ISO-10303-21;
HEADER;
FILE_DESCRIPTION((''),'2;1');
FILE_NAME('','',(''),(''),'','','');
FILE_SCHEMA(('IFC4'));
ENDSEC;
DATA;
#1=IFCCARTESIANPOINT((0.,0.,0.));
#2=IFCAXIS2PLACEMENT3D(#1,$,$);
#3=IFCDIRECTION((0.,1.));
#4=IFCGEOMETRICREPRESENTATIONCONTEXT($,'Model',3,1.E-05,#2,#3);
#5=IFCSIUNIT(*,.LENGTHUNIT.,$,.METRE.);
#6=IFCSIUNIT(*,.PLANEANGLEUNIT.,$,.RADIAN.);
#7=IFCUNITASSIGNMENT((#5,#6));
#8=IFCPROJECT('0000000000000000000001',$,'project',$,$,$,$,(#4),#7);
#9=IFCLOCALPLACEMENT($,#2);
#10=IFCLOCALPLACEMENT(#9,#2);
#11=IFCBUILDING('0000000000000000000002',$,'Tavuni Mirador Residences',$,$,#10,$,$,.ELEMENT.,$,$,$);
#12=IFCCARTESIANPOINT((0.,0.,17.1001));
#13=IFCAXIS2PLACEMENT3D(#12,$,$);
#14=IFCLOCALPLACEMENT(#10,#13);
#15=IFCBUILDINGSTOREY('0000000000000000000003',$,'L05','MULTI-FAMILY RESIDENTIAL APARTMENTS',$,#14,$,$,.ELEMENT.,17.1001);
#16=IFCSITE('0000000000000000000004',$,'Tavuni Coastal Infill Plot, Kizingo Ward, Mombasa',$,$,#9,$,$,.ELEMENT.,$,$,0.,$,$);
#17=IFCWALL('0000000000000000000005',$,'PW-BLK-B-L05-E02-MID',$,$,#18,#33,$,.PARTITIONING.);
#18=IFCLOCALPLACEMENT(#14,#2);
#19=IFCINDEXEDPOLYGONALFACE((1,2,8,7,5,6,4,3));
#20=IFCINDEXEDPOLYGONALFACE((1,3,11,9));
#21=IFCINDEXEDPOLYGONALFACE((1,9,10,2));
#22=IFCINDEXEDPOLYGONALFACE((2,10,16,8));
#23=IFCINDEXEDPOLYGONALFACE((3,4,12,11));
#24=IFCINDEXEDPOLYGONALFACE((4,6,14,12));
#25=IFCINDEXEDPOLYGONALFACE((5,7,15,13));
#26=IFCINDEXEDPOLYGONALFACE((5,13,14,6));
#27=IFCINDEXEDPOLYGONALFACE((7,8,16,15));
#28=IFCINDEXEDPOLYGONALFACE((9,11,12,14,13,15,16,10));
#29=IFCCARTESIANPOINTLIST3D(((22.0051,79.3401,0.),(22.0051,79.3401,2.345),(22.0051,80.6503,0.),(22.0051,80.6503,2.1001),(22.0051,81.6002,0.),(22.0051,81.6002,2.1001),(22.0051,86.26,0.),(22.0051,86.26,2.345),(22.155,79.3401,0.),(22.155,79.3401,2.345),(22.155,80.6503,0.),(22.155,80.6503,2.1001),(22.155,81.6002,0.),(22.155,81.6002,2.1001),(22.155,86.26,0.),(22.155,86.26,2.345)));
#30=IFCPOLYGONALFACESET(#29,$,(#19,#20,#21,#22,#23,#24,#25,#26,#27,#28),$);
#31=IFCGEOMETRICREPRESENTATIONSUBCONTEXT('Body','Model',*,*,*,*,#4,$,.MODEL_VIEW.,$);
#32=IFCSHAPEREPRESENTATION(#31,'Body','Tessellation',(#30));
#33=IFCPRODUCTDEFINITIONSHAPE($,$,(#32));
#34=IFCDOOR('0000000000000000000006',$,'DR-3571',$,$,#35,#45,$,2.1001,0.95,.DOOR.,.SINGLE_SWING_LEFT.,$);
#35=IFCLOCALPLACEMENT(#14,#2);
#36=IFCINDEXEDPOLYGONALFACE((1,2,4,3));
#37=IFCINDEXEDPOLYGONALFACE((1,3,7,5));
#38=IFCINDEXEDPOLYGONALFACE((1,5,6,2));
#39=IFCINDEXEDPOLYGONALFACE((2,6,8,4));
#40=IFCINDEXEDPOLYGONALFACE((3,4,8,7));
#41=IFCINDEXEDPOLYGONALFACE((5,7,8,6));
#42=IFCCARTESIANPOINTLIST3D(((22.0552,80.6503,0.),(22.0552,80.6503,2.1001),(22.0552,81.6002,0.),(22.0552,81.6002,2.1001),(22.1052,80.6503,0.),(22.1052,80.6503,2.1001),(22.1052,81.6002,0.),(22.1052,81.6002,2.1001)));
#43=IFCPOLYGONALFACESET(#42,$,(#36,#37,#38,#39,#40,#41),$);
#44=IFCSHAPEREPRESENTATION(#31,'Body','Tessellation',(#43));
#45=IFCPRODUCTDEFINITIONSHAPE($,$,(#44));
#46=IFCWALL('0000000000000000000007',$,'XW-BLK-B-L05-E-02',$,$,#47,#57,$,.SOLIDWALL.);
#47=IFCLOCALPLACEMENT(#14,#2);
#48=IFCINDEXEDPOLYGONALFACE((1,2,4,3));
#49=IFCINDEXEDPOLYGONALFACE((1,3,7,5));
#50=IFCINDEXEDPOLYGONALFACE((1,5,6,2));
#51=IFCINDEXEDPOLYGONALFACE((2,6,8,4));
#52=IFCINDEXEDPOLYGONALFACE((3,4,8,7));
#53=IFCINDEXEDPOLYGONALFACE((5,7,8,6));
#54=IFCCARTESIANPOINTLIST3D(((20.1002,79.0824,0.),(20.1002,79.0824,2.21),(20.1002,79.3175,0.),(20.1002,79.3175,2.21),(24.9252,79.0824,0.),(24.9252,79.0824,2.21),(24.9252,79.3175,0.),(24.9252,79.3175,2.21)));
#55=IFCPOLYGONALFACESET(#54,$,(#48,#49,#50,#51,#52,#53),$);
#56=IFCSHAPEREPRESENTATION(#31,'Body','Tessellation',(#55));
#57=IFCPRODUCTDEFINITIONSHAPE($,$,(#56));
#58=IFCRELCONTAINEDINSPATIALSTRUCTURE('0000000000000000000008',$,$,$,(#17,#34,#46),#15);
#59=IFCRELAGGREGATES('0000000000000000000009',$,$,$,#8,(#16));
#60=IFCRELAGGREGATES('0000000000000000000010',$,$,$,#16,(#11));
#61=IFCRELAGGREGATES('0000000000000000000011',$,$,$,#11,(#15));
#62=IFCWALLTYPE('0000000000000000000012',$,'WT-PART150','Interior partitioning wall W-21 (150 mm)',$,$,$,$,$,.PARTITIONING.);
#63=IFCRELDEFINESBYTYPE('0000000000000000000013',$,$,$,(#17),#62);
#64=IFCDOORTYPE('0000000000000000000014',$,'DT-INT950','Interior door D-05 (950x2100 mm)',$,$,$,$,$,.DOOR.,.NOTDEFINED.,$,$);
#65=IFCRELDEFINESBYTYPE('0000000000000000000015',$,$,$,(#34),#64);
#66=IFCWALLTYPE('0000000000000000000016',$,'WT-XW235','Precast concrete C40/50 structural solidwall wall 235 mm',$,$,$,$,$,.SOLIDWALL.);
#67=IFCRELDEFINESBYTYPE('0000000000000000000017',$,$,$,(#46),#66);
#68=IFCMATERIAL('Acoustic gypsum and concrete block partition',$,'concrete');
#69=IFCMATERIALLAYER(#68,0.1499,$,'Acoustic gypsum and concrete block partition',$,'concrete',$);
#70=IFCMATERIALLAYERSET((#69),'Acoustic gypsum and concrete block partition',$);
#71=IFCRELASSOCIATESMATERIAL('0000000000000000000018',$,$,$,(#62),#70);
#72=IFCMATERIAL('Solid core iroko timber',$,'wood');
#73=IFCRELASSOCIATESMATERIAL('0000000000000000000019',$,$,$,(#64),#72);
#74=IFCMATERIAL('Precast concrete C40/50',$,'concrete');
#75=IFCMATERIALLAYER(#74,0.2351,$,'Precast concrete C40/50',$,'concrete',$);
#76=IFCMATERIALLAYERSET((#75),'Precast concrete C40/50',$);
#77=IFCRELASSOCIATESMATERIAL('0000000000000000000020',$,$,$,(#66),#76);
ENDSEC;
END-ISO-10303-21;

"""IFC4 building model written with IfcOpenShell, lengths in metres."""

from ifc_helpers import new_model, si_unit, direction, frame, frame_2d, origin, place, context, subcontext, project, spatial, rectangle, extrude, material, layer, layer_set, type_object, element, fill, save


model = new_model("IFC4")

# Units and contexts
model_context = context("Model", 3, precision=1e-05, world=origin(), true_north=direction((0.0, 1.0)))
body_context = subcontext(model_context, "Body", "Model", "MODEL_VIEW")
ifc_project = project(units=[si_unit("LENGTHUNIT", "METRE"), si_unit("PLANEANGLEUNIT", "RADIAN")], contexts=[model_context])

# Site, building, storey
site_placement = place(None, origin())
site = spatial("IfcSite", under=ifc_project, at=site_placement, Name="Tavuni Coastal Infill Plot, Kizingo Ward, Mombasa", CompositionType="ELEMENT", RefElevation=0.0)
building_placement = place(site_placement, origin())
building = spatial("IfcBuilding", under=site, at=building_placement, Name="Tavuni Mirador Residences", CompositionType="ELEMENT")
storey_placement = place(building_placement, frame((0.0, 0.0, 17.1001)))
storey = spatial("IfcBuildingStorey", under=building, at=storey_placement, Name="L05", Description="MULTI-FAMILY RESIDENTIAL APARTMENTS", CompositionType="ELEMENT", Elevation=17.1001)

# Shared definitions
ifc_material_1 = material(Name="Precast concrete C40/50", Category="concrete")

# Wall, opening, door
ifc_material_2 = material(Name="Solid core iroko timber", Category="wood")
ifc_material_3 = material(Name="Acoustic gypsum and concrete block partition", Category="concrete")
ifc_layer_1 = layer(ifc_material_3, 0.1499, Name="Acoustic gypsum and concrete block partition", Category="concrete")
ifc_layer_set_1 = layer_set([ifc_layer_1], Name="Acoustic gypsum and concrete block partition")
wall_type_1 = type_object("IfcWallType", Name="WT-PART150", Description="Interior partitioning wall W-21 (150 mm)", PredefinedType="PARTITIONING", material=ifc_layer_set_1)
wall_1_placement = place(storey_placement, frame((22.0801, 79.3401, 0.0), z_axis=(0.0, 0.0, 1.0), x_axis=(0.0, 1.0, 0.0)))
wall_1 = element("IfcWall", 1, at=wall_1_placement, inside=storey, type_object=wall_type_1, Name="PW-BLK-B-L05-E02-MID", PredefinedType="PARTITIONING", context=body_context, shape_type="SweptSolid", body=[
    extrude(rectangle(XDim=6.9199, YDim=0.1499, at=frame_2d((3.46, 0.0))), origin(), (0.0, 0.0, 1.0), 2.345),
])
opening_1_placement = place(wall_1_placement, frame((1.3101, 0.0, 0.0)))
opening_1 = element("IfcOpeningElement", 2, at=opening_1_placement, cuts=wall_1, PredefinedType="OPENING", context=body_context, shape_type="SweptSolid", body=[
    extrude(rectangle(XDim=0.95, YDim=2.1001, at=frame_2d((0.4751, 1.05))), frame((0.0, 0.085, 0.0), z_axis=(0.0, -1.0, 0.0), x_axis=(1.0, 0.0, 0.0)), (0.0, 0.0, 1.0), 0.1699),
])
door_type_1 = type_object("IfcDoorType", Name="DT-INT950", Description="Interior door D-05 (950x2100 mm)", OperationType="NOTDEFINED", PredefinedType="DOOR", material=ifc_material_2)
door_1_placement = place(opening_1_placement, origin())
door_1 = element("IfcDoor", 3, at=door_1_placement, inside=storey, type_object=door_type_1, Name="DR-3571", OperationType="SINGLE_SWING_LEFT", OverallHeight=2.1001, OverallWidth=0.95, PredefinedType="DOOR", context=body_context, shape_type="SweptSolid", body=[
    extrude(rectangle(XDim=0.95, YDim=2.1001, at=frame_2d((0.4751, 1.05))), frame((0.0, 0.0249, 0.0), z_axis=(0.0, -1.0, 0.0), x_axis=(1.0, 0.0, 0.0)), (0.0, 0.0, 1.0), 0.05),
])
fill(opening_1, door_1)

# Wall
ifc_layer_2 = layer(ifc_material_1, 0.2351, Name="Precast concrete C40/50", Category="concrete")
ifc_layer_set_2 = layer_set([ifc_layer_2], Name="Precast concrete C40/50")
wall_type_2 = type_object("IfcWallType", Name="WT-XW235", Description="Precast concrete C40/50 structural solidwall wall 235 mm", PredefinedType="SOLIDWALL", material=ifc_layer_set_2)
wall_2_placement = place(storey_placement, frame((20.1001, 79.2, 0.0), z_axis=(0.0, 0.0, 1.0), x_axis=(1.0, 0.0, 0.0)))
element("IfcWall", 4, at=wall_2_placement, inside=storey, type_object=wall_type_2, Name="XW-BLK-B-L05-E-02", PredefinedType="SOLIDWALL", context=body_context, shape_type="SweptSolid", body=[
    extrude(rectangle(XDim=4.825, YDim=0.2351, at=frame_2d((2.4126, 0.0))), origin(), (0.0, 0.0, 1.0), 2.21),
])

save(model, "model.ifc")
